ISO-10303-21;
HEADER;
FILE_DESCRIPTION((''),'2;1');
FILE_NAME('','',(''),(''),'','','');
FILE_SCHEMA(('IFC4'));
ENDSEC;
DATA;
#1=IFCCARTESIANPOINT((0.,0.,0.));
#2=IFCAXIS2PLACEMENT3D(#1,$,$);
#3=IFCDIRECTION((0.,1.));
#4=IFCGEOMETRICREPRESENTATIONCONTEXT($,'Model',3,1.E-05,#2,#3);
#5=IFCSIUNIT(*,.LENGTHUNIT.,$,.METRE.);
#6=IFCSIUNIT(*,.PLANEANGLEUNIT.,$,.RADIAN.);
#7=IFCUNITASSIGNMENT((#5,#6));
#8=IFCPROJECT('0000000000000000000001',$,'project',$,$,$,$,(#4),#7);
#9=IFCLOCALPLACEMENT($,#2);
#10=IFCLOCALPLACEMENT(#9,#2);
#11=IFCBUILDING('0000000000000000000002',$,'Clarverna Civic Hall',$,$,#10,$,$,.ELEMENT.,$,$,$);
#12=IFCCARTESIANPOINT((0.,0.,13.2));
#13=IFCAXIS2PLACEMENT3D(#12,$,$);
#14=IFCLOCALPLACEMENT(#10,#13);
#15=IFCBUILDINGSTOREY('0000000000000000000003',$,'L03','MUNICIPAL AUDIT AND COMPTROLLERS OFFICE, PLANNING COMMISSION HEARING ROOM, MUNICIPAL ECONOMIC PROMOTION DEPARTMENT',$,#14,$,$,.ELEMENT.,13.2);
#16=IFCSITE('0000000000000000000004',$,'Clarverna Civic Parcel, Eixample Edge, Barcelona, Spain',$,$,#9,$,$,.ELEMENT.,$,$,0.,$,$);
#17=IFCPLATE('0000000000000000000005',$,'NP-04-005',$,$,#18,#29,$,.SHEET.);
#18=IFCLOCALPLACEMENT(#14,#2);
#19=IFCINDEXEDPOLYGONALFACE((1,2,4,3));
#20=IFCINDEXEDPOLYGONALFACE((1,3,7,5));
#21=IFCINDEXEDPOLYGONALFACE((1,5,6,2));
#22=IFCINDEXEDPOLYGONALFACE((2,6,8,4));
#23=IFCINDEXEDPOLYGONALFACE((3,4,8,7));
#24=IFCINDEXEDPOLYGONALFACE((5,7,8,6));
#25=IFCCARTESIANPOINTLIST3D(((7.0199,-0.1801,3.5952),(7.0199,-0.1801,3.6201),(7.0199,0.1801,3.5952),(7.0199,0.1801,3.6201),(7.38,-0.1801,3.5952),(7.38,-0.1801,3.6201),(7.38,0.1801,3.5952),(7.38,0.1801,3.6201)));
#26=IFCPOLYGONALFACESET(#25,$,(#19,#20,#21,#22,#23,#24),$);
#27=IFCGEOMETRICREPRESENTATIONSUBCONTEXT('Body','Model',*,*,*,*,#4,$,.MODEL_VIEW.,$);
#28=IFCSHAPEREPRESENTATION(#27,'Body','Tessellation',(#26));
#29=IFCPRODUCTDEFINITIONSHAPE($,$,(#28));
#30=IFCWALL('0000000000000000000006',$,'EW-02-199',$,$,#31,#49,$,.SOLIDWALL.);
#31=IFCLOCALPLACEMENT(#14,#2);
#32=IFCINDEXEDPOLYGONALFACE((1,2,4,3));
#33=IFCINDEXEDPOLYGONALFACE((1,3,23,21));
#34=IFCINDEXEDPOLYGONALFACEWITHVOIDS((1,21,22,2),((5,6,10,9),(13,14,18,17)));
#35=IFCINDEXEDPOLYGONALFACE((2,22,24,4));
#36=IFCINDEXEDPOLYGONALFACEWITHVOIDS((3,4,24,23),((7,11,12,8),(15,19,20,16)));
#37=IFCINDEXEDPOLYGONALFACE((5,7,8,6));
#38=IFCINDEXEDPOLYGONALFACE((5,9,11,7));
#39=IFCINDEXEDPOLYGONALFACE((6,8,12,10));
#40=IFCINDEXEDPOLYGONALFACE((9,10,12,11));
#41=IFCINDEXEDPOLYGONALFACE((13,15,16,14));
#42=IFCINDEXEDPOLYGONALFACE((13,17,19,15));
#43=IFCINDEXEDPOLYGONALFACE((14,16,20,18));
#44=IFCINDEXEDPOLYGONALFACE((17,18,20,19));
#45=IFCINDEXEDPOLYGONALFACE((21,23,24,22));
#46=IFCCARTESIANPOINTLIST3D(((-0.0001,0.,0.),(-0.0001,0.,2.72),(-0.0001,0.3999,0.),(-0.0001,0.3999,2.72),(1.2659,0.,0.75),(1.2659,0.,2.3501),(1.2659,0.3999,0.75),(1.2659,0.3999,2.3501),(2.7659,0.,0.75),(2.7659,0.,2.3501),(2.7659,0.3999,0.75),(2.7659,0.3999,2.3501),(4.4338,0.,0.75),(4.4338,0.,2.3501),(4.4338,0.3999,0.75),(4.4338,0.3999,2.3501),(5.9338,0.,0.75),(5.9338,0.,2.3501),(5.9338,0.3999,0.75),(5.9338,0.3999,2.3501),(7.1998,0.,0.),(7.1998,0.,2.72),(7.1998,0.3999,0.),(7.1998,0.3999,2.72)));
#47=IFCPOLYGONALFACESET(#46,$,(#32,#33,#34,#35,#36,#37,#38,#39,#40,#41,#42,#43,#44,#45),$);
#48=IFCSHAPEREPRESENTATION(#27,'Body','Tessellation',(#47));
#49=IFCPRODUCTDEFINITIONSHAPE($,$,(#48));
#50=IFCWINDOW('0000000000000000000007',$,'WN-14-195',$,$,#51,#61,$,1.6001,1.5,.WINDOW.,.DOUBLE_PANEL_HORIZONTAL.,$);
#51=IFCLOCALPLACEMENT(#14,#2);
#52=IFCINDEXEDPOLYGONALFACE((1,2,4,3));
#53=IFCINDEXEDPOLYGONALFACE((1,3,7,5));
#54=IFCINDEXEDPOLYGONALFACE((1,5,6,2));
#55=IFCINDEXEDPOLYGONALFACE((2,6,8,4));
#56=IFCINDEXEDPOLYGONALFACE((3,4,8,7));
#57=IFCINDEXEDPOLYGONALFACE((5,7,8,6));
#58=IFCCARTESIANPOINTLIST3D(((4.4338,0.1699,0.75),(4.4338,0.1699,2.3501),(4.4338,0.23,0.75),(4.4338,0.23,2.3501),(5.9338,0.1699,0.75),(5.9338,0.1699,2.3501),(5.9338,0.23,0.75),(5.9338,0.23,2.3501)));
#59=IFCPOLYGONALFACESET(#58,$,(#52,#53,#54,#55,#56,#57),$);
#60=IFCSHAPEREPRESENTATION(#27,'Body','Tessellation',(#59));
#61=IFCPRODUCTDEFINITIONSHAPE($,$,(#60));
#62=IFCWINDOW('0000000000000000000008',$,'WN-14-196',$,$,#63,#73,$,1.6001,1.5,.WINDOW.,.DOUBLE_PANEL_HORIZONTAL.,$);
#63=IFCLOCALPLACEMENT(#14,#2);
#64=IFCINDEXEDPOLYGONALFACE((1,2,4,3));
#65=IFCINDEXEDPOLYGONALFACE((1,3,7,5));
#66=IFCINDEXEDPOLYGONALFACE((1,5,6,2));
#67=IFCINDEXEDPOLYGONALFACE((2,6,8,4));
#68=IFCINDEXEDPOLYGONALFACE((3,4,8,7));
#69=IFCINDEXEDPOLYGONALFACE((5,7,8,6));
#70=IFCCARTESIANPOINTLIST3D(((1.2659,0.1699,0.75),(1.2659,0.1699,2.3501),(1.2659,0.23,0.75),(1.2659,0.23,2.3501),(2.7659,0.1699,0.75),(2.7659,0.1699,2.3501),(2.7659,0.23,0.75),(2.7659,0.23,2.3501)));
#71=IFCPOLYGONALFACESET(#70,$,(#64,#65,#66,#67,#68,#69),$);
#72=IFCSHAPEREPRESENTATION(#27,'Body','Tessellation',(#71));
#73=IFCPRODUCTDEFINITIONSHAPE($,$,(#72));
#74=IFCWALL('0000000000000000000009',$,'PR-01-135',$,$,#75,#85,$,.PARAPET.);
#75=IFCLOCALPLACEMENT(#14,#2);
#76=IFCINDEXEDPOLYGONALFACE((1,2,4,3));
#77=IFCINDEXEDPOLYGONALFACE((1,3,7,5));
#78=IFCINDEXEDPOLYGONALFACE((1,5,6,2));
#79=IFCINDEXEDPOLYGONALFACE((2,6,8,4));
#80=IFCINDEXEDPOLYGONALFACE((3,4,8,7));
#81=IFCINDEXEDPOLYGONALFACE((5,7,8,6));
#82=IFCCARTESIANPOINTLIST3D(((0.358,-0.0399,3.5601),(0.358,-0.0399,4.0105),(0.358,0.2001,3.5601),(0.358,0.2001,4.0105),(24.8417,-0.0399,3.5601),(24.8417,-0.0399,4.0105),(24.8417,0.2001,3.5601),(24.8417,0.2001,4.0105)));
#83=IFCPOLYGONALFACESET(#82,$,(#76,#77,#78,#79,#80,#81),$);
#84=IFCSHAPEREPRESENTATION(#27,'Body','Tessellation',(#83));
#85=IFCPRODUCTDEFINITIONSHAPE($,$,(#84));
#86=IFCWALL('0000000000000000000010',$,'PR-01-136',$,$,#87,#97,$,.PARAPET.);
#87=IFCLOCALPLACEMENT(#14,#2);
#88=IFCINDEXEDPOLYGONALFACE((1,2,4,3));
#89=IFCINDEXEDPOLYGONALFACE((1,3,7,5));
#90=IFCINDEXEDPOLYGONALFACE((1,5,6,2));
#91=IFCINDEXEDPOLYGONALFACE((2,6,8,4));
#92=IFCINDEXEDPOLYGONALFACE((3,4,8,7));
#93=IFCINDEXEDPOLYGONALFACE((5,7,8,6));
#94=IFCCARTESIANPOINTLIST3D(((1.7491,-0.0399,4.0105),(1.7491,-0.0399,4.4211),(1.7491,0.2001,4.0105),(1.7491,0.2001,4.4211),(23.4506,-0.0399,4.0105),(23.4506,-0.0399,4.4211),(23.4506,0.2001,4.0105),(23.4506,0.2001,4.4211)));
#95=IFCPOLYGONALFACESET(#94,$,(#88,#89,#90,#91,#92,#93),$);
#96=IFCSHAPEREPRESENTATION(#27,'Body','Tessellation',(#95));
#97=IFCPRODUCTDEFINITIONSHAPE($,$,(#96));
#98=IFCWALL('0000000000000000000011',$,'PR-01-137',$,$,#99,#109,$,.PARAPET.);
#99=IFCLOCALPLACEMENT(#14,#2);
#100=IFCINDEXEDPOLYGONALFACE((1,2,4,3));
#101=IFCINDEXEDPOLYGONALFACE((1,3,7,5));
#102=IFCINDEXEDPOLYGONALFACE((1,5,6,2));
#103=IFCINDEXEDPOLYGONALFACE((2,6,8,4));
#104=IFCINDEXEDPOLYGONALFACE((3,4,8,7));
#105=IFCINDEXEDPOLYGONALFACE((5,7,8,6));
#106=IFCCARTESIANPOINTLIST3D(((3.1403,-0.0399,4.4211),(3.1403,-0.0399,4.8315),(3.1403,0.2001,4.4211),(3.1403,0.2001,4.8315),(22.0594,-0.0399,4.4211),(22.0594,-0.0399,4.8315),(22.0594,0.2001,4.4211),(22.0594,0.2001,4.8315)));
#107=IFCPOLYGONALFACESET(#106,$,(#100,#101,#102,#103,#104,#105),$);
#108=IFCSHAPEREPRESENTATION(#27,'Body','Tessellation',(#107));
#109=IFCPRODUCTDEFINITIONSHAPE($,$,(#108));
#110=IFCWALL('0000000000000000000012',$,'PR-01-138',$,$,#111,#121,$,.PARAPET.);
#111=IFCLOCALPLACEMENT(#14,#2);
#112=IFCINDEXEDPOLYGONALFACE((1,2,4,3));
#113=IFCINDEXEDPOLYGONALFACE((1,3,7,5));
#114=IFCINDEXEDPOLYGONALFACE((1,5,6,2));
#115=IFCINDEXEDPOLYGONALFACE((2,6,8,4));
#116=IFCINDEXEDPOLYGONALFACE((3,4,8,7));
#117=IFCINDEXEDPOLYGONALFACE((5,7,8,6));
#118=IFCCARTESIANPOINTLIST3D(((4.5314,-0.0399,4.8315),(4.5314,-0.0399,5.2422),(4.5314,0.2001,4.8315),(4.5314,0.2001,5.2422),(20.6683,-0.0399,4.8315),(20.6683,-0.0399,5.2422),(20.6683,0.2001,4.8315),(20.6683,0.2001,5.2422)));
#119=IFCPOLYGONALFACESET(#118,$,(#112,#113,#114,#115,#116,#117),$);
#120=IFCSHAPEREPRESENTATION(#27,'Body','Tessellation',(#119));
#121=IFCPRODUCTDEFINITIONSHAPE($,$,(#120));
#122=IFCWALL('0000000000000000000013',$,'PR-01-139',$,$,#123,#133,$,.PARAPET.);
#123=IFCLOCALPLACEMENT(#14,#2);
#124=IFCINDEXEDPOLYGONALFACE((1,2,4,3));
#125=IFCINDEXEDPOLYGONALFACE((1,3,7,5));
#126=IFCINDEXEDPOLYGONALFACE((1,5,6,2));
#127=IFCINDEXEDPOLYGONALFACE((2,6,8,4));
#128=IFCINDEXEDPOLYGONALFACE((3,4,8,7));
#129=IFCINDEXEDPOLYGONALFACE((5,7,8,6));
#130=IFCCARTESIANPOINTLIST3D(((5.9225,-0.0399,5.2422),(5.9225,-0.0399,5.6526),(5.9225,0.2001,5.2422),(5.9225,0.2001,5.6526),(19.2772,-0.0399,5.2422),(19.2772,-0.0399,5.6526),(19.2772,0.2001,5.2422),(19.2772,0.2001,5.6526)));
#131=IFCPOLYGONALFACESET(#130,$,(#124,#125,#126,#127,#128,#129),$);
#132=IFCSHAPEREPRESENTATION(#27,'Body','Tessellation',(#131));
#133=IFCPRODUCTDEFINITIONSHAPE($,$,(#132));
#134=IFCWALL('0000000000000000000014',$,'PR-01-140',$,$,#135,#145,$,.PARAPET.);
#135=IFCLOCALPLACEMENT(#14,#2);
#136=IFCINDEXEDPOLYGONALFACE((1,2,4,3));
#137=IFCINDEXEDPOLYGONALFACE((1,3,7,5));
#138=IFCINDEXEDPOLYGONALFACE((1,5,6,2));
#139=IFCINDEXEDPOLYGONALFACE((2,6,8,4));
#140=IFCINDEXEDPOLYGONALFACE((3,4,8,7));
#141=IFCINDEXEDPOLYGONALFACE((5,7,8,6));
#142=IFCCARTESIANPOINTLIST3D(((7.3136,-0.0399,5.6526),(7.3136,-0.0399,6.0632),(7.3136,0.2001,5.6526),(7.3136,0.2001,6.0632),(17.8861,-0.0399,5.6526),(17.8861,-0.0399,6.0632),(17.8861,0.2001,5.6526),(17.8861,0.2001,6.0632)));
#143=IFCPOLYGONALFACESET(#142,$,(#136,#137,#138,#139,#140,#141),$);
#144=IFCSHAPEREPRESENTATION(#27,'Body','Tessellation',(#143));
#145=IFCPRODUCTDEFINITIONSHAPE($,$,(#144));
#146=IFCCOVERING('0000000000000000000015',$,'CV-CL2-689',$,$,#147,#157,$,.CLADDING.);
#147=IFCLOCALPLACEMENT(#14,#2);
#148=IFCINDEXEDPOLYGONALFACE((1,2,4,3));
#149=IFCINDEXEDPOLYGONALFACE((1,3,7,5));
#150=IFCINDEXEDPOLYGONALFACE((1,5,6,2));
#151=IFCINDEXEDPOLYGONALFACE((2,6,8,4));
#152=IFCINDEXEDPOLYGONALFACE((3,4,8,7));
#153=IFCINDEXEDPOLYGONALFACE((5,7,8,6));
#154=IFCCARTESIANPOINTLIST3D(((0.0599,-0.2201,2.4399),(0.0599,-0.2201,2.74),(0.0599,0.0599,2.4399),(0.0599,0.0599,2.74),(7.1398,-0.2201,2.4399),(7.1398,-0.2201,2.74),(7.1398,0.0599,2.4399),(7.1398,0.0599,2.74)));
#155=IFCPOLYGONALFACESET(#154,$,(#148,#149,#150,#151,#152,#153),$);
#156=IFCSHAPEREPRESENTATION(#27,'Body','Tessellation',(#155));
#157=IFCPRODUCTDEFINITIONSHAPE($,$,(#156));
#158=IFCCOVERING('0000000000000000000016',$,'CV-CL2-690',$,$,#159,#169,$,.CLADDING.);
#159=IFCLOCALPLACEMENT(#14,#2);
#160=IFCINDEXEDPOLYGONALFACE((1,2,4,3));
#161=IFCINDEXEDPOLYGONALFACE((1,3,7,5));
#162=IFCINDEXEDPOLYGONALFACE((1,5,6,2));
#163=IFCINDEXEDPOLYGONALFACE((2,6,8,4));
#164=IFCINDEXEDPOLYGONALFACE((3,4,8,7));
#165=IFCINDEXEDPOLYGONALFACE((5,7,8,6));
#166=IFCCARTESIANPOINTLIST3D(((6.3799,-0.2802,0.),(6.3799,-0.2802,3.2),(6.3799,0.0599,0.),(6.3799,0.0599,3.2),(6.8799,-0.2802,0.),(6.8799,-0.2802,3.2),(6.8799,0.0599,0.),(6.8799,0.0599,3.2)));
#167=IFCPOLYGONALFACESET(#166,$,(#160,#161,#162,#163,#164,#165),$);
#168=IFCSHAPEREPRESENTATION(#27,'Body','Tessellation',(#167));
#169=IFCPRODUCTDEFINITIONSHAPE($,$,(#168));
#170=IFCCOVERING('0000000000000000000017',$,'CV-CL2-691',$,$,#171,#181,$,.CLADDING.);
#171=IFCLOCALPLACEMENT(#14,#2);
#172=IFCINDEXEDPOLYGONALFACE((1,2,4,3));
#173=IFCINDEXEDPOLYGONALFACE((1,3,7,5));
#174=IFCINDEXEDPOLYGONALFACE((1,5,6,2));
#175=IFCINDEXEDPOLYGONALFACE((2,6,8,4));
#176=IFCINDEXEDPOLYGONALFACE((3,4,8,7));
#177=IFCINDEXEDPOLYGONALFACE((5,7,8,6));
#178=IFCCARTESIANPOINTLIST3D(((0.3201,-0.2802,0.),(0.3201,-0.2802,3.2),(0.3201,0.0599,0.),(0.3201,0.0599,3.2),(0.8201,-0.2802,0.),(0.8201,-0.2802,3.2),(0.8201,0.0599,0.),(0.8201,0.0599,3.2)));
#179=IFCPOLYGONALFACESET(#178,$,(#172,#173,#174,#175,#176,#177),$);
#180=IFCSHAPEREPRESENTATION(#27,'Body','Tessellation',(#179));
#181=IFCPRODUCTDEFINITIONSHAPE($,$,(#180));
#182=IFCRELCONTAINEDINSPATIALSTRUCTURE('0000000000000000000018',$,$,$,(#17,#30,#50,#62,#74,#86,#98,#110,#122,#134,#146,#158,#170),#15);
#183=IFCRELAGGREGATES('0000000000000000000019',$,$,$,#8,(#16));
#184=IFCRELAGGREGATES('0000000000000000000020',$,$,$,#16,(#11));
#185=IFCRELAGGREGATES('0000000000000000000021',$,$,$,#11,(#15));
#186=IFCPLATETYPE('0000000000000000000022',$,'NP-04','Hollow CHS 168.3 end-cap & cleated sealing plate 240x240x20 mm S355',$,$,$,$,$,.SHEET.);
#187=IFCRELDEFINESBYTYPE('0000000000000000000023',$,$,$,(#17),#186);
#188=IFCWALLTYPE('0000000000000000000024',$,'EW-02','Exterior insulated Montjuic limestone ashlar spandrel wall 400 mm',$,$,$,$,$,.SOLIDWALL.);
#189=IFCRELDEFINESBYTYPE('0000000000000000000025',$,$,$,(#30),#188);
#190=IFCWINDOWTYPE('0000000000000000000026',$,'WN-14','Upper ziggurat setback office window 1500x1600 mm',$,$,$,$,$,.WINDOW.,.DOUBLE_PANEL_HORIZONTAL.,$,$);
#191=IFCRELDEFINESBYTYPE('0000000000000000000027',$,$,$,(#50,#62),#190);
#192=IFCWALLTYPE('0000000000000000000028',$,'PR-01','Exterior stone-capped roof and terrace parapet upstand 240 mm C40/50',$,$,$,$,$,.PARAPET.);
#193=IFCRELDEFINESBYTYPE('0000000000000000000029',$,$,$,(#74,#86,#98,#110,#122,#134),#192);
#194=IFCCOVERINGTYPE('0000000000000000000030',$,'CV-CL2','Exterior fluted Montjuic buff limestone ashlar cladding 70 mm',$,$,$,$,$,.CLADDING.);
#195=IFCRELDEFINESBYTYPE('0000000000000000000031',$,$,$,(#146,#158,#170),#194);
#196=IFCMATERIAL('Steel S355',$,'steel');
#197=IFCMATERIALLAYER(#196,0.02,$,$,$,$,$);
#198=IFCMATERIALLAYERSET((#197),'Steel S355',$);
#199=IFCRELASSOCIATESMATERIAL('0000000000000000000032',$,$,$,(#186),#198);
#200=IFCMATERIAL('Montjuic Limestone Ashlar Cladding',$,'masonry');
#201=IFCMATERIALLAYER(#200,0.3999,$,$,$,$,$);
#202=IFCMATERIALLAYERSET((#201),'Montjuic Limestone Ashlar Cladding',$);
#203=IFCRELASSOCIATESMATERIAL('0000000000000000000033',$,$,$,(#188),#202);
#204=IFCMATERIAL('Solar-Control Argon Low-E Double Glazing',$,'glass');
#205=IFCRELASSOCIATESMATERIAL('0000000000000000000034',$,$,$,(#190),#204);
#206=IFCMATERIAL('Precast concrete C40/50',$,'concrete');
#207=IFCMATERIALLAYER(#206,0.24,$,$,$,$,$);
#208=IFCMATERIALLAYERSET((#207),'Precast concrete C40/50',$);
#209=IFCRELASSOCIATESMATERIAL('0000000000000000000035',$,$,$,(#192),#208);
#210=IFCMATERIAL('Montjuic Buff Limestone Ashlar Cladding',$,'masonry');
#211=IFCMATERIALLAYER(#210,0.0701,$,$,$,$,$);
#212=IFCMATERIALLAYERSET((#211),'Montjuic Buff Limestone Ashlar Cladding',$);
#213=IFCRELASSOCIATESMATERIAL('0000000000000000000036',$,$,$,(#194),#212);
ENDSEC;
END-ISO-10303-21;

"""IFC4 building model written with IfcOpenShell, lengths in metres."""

from ifc_helpers import new_model, si_unit, direction, frame, frame_2d, origin, origin_2d, place, context, subcontext, project, spatial, rectangle, extrude, material, layer, layer_set, type_object, element, fill, save


model = new_model("IFC4")

# Units and contexts
model_context = context("Model", 3, precision=1e-05, world=origin(), true_north=direction((0.0, 1.0)))
body_context = subcontext(model_context, "Body", "Model", "MODEL_VIEW")
ifc_project = project(units=[si_unit("LENGTHUNIT", "METRE"), si_unit("PLANEANGLEUNIT", "RADIAN")], contexts=[model_context])

# Site, building, storey
site_placement = place(None, origin())
site = spatial("IfcSite", under=ifc_project, at=site_placement, Name="Clarverna Civic Parcel, Eixample Edge, Barcelona, Spain", CompositionType="ELEMENT", RefElevation=0.0)
building_placement = place(site_placement, origin())
building = spatial("IfcBuilding", under=site, at=building_placement, Name="Clarverna Civic Hall", CompositionType="ELEMENT")
storey_placement = place(building_placement, frame((0.0, 0.0, 13.2)))
storey = spatial("IfcBuildingStorey", under=building, at=storey_placement, Name="L03", Description="MUNICIPAL AUDIT AND COMPTROLLERS OFFICE, PLANNING COMMISSION HEARING ROOM, MUNICIPAL ECONOMIC PROMOTION DEPARTMENT", CompositionType="ELEMENT", Elevation=13.2)

# Shared definitions
ifc_material_1 = material(Name="Steel S355", Category="steel")

# Plate
ifc_layer_1 = layer(ifc_material_1, 0.02)
ifc_layer_set_1 = layer_set([ifc_layer_1], Name="Steel S355")
plate_type = type_object("IfcPlateType", Name="NP-04", Description="Hollow CHS 168.3 end-cap & cleated sealing plate 240x240x20 mm S355", PredefinedType="SHEET", material=ifc_layer_set_1)
plate_placement = place(storey_placement, frame((7.2, 0.0, 3.5952), z_axis=(0.0, 0.0, 1.0), x_axis=(1.0, 0.0, 0.0)))
element("IfcPlate", 1, at=plate_placement, inside=storey, type_object=plate_type, Name="NP-04-005", PredefinedType="SHEET", context=body_context, shape_type="SweptSolid", body=[
    extrude(rectangle(XDim=0.3601, YDim=0.3601, at=origin_2d()), origin(), (0.0, 0.0, 1.0), 0.0249),
])

# Wall, openings, windows
ifc_material_2 = material(Name="Montjuic Limestone Ashlar Cladding", Category="masonry")
ifc_layer_2 = layer(ifc_material_2, 0.3999)
ifc_layer_set_2 = layer_set([ifc_layer_2], Name="Montjuic Limestone Ashlar Cladding")
wall_type_1 = type_object("IfcWallType", Name="EW-02", Description="Exterior insulated Montjuic limestone ashlar spandrel wall 400 mm", PredefinedType="SOLIDWALL", material=ifc_layer_set_2)
wall_1_placement = place(storey_placement, frame((7.2, 0.2, 0.0), z_axis=(0.0, 0.0, 1.0), x_axis=(-1.0, 0.0, 0.0)))
wall_1 = element("IfcWall", 2, at=wall_1_placement, inside=storey, type_object=wall_type_1, Name="EW-02-199", PredefinedType="SOLIDWALL", context=body_context, shape_type="SweptSolid", body=[
    extrude(rectangle(XDim=7.2, YDim=0.3999, at=frame_2d((3.6001, 0.0))), origin(), (0.0, 0.0, 1.0), 2.72),
])
opening_1_placement = place(wall_1_placement, frame((1.2661, 0.0, 0.75)))
opening_1 = element("IfcOpeningElement", 3, at=opening_1_placement, cuts=wall_1, PredefinedType="OPENING", context=body_context, shape_type="SweptSolid", body=[
    extrude(rectangle(XDim=1.5, YDim=1.6001, at=frame_2d((0.75, 0.8))), frame((0.0, 0.21, 0.0), z_axis=(0.0, -1.0, 0.0), x_axis=(1.0, 0.0, 0.0)), (0.0, 0.0, 1.0), 0.4199),
])
opening_2_placement = place(wall_1_placement, frame((4.4341, 0.0, 0.75)))
opening_2 = element("IfcOpeningElement", 4, at=opening_2_placement, cuts=wall_1, PredefinedType="OPENING", context=body_context, shape_type="SweptSolid", body=[
    extrude(rectangle(XDim=1.5, YDim=1.6001, at=frame_2d((0.75, 0.8))), frame((0.0, 0.21, 0.0), z_axis=(0.0, -1.0, 0.0), x_axis=(1.0, 0.0, 0.0)), (0.0, 0.0, 1.0), 0.4199),
])
ifc_material_3 = material(Name="Solar-Control Argon Low-E Double Glazing", Category="glass")
window_type = type_object("IfcWindowType", Name="WN-14", Description="Upper ziggurat setback office window 1500x1600 mm", PartitioningType="DOUBLE_PANEL_HORIZONTAL", PredefinedType="WINDOW", material=ifc_material_3)
window_1_placement = place(opening_1_placement, origin())
window_1 = element("IfcWindow", 5, at=window_1_placement, inside=storey, type_object=window_type, Name="WN-14-195", OverallHeight=1.6001, OverallWidth=1.5, PartitioningType="DOUBLE_PANEL_HORIZONTAL", PredefinedType="WINDOW", context=body_context, shape_type="SweptSolid", body=[
    extrude(rectangle(XDim=1.5, YDim=1.6001, at=frame_2d((0.75, 0.8))), frame((0.0, 0.03, 0.0), z_axis=(0.0, -1.0, 0.0), x_axis=(1.0, 0.0, 0.0)), (0.0, 0.0, 1.0), 0.0601),
])
fill(opening_1, window_1)
window_2_placement = place(opening_2_placement, origin())
window_2 = element("IfcWindow", 6, at=window_2_placement, inside=storey, type_object=window_type, Name="WN-14-196", OverallHeight=1.6001, OverallWidth=1.5, PartitioningType="DOUBLE_PANEL_HORIZONTAL", PredefinedType="WINDOW", context=body_context, shape_type="SweptSolid", body=[
    extrude(rectangle(XDim=1.5, YDim=1.6001, at=frame_2d((0.75, 0.8))), frame((0.0, 0.03, 0.0), z_axis=(0.0, -1.0, 0.0), x_axis=(1.0, 0.0, 0.0)), (0.0, 0.0, 1.0), 0.0601),
])
fill(opening_2, window_2)

# Walls
ifc_material_4 = material(Name="Precast concrete C40/50", Category="concrete")
ifc_layer_3 = layer(ifc_material_4, 0.24)
ifc_layer_set_3 = layer_set([ifc_layer_3], Name="Precast concrete C40/50")
wall_type_2 = type_object("IfcWallType", Name="PR-01", Description="Exterior stone-capped roof and terrace parapet upstand 240 mm C40/50", PredefinedType="PARAPET", material=ifc_layer_set_3)
wall_2_placement = place(storey_placement, frame((0.3582, 0.0801, 3.5601), z_axis=(0.0, 0.0, 1.0), x_axis=(1.0, 0.0, 0.0)))
element("IfcWall", 7, at=wall_2_placement, inside=storey, type_object=wall_type_2, Name="PR-01-135", PredefinedType="PARAPET", context=body_context, shape_type="SweptSolid", body=[
    extrude(rectangle(XDim=24.4836, YDim=0.24, at=frame_2d((12.2417, 0.0))), origin(), (0.0, 0.0, 1.0), 0.4504),
])
wall_3_placement = place(storey_placement, frame((1.7493, 0.0801, 4.0105), z_axis=(0.0, 0.0, 1.0), x_axis=(1.0, 0.0, 0.0)))
element("IfcWall", 8, at=wall_3_placement, inside=storey, type_object=wall_type_2, Name="PR-01-136", PredefinedType="PARAPET", context=body_context, shape_type="SweptSolid", body=[
    extrude(rectangle(XDim=21.7014, YDim=0.24, at=frame_2d((10.8506, 0.0))), origin(), (0.0, 0.0, 1.0), 0.4106),
])
wall_4_placement = place(storey_placement, frame((3.1404, 0.0801, 4.4211), z_axis=(0.0, 0.0, 1.0), x_axis=(1.0, 0.0, 0.0)))
element("IfcWall", 9, at=wall_4_placement, inside=storey, type_object=wall_type_2, Name="PR-01-137", PredefinedType="PARAPET", context=body_context, shape_type="SweptSolid", body=[
    extrude(rectangle(XDim=18.9192, YDim=0.24, at=frame_2d((9.4595, 0.0))), origin(), (0.0, 0.0, 1.0), 0.4104),
])
wall_5_placement = place(storey_placement, frame((4.5315, 0.0801, 4.8315), z_axis=(0.0, 0.0, 1.0), x_axis=(1.0, 0.0, 0.0)))
element("IfcWall", 10, at=wall_5_placement, inside=storey, type_object=wall_type_2, Name="PR-01-138", PredefinedType="PARAPET", context=body_context, shape_type="SweptSolid", body=[
    extrude(rectangle(XDim=16.137, YDim=0.24, at=frame_2d((8.0684, 0.0))), origin(), (0.0, 0.0, 1.0), 0.4106),
])
wall_6_placement = place(storey_placement, frame((5.9226, 0.0801, 5.2422), z_axis=(0.0, 0.0, 1.0), x_axis=(1.0, 0.0, 0.0)))
element("IfcWall", 11, at=wall_6_placement, inside=storey, type_object=wall_type_2, Name="PR-01-139", PredefinedType="PARAPET", context=body_context, shape_type="SweptSolid", body=[
    extrude(rectangle(XDim=13.3547, YDim=0.24, at=frame_2d((6.6772, 0.0))), origin(), (0.0, 0.0, 1.0), 0.4104),
])
wall_7_placement = place(storey_placement, frame((7.3137, 0.0801, 5.6526), z_axis=(0.0, 0.0, 1.0), x_axis=(1.0, 0.0, 0.0)))
element("IfcWall", 12, at=wall_7_placement, inside=storey, type_object=wall_type_2, Name="PR-01-140", PredefinedType="PARAPET", context=body_context, shape_type="SweptSolid", body=[
    extrude(rectangle(XDim=10.5725, YDim=0.24, at=frame_2d((5.2861, 0.0))), origin(), (0.0, 0.0, 1.0), 0.4106),
])

# Coverings
ifc_material_5 = material(Name="Montjuic Buff Limestone Ashlar Cladding", Category="masonry")
ifc_layer_4 = layer(ifc_material_5, 0.0701)
ifc_layer_set_4 = layer_set([ifc_layer_4], Name="Montjuic Buff Limestone Ashlar Cladding")
covering_type = type_object("IfcCoveringType", Name="CV-CL2", Description="Exterior fluted Montjuic buff limestone ashlar cladding 70 mm", PredefinedType="CLADDING", material=ifc_layer_set_4)
covering_placement = place(storey_placement, frame((7.1399, -0.0801, 2.4399), z_axis=(0.0, 0.0, 1.0), x_axis=(-1.0, 0.0, 0.0)))
element("IfcCovering", 13, at=covering_placement, inside=storey, type_object=covering_type, Name="CV-CL2-689", PredefinedType="CLADDING", context=body_context, shape_type="SweptSolid", body=[
    extrude(rectangle(XDim=7.0798, YDim=0.28, at=frame_2d((3.54, 0.0))), origin(), (0.0, 0.0, 1.0), 0.3),
])
for number, where, z_axis, x_axis, name in (
    (14, (6.8799, -0.1101, 0.0), (0.0, 0.0, 1.0), (-1.0, 0.0, 0.0), "CV-CL2-690"),
    (15, (0.8201, -0.1101, 0.0), (0.0, 0.0, 1.0), (-1.0, 0.0, 0.0), "CV-CL2-691"),
):
    element("IfcCovering", number, at=place(storey_placement, frame(where, z_axis=z_axis, x_axis=x_axis)), inside=storey, type_object=covering_type, Name=name, PredefinedType="CLADDING", context=body_context, shape_type="SweptSolid", body=[
        extrude(rectangle(XDim=0.5, YDim=0.3401, at=frame_2d((0.25, 0.0))), origin(), (0.0, 0.0, 1.0), 3.2),
    ])

save(model, "model.ifc")
